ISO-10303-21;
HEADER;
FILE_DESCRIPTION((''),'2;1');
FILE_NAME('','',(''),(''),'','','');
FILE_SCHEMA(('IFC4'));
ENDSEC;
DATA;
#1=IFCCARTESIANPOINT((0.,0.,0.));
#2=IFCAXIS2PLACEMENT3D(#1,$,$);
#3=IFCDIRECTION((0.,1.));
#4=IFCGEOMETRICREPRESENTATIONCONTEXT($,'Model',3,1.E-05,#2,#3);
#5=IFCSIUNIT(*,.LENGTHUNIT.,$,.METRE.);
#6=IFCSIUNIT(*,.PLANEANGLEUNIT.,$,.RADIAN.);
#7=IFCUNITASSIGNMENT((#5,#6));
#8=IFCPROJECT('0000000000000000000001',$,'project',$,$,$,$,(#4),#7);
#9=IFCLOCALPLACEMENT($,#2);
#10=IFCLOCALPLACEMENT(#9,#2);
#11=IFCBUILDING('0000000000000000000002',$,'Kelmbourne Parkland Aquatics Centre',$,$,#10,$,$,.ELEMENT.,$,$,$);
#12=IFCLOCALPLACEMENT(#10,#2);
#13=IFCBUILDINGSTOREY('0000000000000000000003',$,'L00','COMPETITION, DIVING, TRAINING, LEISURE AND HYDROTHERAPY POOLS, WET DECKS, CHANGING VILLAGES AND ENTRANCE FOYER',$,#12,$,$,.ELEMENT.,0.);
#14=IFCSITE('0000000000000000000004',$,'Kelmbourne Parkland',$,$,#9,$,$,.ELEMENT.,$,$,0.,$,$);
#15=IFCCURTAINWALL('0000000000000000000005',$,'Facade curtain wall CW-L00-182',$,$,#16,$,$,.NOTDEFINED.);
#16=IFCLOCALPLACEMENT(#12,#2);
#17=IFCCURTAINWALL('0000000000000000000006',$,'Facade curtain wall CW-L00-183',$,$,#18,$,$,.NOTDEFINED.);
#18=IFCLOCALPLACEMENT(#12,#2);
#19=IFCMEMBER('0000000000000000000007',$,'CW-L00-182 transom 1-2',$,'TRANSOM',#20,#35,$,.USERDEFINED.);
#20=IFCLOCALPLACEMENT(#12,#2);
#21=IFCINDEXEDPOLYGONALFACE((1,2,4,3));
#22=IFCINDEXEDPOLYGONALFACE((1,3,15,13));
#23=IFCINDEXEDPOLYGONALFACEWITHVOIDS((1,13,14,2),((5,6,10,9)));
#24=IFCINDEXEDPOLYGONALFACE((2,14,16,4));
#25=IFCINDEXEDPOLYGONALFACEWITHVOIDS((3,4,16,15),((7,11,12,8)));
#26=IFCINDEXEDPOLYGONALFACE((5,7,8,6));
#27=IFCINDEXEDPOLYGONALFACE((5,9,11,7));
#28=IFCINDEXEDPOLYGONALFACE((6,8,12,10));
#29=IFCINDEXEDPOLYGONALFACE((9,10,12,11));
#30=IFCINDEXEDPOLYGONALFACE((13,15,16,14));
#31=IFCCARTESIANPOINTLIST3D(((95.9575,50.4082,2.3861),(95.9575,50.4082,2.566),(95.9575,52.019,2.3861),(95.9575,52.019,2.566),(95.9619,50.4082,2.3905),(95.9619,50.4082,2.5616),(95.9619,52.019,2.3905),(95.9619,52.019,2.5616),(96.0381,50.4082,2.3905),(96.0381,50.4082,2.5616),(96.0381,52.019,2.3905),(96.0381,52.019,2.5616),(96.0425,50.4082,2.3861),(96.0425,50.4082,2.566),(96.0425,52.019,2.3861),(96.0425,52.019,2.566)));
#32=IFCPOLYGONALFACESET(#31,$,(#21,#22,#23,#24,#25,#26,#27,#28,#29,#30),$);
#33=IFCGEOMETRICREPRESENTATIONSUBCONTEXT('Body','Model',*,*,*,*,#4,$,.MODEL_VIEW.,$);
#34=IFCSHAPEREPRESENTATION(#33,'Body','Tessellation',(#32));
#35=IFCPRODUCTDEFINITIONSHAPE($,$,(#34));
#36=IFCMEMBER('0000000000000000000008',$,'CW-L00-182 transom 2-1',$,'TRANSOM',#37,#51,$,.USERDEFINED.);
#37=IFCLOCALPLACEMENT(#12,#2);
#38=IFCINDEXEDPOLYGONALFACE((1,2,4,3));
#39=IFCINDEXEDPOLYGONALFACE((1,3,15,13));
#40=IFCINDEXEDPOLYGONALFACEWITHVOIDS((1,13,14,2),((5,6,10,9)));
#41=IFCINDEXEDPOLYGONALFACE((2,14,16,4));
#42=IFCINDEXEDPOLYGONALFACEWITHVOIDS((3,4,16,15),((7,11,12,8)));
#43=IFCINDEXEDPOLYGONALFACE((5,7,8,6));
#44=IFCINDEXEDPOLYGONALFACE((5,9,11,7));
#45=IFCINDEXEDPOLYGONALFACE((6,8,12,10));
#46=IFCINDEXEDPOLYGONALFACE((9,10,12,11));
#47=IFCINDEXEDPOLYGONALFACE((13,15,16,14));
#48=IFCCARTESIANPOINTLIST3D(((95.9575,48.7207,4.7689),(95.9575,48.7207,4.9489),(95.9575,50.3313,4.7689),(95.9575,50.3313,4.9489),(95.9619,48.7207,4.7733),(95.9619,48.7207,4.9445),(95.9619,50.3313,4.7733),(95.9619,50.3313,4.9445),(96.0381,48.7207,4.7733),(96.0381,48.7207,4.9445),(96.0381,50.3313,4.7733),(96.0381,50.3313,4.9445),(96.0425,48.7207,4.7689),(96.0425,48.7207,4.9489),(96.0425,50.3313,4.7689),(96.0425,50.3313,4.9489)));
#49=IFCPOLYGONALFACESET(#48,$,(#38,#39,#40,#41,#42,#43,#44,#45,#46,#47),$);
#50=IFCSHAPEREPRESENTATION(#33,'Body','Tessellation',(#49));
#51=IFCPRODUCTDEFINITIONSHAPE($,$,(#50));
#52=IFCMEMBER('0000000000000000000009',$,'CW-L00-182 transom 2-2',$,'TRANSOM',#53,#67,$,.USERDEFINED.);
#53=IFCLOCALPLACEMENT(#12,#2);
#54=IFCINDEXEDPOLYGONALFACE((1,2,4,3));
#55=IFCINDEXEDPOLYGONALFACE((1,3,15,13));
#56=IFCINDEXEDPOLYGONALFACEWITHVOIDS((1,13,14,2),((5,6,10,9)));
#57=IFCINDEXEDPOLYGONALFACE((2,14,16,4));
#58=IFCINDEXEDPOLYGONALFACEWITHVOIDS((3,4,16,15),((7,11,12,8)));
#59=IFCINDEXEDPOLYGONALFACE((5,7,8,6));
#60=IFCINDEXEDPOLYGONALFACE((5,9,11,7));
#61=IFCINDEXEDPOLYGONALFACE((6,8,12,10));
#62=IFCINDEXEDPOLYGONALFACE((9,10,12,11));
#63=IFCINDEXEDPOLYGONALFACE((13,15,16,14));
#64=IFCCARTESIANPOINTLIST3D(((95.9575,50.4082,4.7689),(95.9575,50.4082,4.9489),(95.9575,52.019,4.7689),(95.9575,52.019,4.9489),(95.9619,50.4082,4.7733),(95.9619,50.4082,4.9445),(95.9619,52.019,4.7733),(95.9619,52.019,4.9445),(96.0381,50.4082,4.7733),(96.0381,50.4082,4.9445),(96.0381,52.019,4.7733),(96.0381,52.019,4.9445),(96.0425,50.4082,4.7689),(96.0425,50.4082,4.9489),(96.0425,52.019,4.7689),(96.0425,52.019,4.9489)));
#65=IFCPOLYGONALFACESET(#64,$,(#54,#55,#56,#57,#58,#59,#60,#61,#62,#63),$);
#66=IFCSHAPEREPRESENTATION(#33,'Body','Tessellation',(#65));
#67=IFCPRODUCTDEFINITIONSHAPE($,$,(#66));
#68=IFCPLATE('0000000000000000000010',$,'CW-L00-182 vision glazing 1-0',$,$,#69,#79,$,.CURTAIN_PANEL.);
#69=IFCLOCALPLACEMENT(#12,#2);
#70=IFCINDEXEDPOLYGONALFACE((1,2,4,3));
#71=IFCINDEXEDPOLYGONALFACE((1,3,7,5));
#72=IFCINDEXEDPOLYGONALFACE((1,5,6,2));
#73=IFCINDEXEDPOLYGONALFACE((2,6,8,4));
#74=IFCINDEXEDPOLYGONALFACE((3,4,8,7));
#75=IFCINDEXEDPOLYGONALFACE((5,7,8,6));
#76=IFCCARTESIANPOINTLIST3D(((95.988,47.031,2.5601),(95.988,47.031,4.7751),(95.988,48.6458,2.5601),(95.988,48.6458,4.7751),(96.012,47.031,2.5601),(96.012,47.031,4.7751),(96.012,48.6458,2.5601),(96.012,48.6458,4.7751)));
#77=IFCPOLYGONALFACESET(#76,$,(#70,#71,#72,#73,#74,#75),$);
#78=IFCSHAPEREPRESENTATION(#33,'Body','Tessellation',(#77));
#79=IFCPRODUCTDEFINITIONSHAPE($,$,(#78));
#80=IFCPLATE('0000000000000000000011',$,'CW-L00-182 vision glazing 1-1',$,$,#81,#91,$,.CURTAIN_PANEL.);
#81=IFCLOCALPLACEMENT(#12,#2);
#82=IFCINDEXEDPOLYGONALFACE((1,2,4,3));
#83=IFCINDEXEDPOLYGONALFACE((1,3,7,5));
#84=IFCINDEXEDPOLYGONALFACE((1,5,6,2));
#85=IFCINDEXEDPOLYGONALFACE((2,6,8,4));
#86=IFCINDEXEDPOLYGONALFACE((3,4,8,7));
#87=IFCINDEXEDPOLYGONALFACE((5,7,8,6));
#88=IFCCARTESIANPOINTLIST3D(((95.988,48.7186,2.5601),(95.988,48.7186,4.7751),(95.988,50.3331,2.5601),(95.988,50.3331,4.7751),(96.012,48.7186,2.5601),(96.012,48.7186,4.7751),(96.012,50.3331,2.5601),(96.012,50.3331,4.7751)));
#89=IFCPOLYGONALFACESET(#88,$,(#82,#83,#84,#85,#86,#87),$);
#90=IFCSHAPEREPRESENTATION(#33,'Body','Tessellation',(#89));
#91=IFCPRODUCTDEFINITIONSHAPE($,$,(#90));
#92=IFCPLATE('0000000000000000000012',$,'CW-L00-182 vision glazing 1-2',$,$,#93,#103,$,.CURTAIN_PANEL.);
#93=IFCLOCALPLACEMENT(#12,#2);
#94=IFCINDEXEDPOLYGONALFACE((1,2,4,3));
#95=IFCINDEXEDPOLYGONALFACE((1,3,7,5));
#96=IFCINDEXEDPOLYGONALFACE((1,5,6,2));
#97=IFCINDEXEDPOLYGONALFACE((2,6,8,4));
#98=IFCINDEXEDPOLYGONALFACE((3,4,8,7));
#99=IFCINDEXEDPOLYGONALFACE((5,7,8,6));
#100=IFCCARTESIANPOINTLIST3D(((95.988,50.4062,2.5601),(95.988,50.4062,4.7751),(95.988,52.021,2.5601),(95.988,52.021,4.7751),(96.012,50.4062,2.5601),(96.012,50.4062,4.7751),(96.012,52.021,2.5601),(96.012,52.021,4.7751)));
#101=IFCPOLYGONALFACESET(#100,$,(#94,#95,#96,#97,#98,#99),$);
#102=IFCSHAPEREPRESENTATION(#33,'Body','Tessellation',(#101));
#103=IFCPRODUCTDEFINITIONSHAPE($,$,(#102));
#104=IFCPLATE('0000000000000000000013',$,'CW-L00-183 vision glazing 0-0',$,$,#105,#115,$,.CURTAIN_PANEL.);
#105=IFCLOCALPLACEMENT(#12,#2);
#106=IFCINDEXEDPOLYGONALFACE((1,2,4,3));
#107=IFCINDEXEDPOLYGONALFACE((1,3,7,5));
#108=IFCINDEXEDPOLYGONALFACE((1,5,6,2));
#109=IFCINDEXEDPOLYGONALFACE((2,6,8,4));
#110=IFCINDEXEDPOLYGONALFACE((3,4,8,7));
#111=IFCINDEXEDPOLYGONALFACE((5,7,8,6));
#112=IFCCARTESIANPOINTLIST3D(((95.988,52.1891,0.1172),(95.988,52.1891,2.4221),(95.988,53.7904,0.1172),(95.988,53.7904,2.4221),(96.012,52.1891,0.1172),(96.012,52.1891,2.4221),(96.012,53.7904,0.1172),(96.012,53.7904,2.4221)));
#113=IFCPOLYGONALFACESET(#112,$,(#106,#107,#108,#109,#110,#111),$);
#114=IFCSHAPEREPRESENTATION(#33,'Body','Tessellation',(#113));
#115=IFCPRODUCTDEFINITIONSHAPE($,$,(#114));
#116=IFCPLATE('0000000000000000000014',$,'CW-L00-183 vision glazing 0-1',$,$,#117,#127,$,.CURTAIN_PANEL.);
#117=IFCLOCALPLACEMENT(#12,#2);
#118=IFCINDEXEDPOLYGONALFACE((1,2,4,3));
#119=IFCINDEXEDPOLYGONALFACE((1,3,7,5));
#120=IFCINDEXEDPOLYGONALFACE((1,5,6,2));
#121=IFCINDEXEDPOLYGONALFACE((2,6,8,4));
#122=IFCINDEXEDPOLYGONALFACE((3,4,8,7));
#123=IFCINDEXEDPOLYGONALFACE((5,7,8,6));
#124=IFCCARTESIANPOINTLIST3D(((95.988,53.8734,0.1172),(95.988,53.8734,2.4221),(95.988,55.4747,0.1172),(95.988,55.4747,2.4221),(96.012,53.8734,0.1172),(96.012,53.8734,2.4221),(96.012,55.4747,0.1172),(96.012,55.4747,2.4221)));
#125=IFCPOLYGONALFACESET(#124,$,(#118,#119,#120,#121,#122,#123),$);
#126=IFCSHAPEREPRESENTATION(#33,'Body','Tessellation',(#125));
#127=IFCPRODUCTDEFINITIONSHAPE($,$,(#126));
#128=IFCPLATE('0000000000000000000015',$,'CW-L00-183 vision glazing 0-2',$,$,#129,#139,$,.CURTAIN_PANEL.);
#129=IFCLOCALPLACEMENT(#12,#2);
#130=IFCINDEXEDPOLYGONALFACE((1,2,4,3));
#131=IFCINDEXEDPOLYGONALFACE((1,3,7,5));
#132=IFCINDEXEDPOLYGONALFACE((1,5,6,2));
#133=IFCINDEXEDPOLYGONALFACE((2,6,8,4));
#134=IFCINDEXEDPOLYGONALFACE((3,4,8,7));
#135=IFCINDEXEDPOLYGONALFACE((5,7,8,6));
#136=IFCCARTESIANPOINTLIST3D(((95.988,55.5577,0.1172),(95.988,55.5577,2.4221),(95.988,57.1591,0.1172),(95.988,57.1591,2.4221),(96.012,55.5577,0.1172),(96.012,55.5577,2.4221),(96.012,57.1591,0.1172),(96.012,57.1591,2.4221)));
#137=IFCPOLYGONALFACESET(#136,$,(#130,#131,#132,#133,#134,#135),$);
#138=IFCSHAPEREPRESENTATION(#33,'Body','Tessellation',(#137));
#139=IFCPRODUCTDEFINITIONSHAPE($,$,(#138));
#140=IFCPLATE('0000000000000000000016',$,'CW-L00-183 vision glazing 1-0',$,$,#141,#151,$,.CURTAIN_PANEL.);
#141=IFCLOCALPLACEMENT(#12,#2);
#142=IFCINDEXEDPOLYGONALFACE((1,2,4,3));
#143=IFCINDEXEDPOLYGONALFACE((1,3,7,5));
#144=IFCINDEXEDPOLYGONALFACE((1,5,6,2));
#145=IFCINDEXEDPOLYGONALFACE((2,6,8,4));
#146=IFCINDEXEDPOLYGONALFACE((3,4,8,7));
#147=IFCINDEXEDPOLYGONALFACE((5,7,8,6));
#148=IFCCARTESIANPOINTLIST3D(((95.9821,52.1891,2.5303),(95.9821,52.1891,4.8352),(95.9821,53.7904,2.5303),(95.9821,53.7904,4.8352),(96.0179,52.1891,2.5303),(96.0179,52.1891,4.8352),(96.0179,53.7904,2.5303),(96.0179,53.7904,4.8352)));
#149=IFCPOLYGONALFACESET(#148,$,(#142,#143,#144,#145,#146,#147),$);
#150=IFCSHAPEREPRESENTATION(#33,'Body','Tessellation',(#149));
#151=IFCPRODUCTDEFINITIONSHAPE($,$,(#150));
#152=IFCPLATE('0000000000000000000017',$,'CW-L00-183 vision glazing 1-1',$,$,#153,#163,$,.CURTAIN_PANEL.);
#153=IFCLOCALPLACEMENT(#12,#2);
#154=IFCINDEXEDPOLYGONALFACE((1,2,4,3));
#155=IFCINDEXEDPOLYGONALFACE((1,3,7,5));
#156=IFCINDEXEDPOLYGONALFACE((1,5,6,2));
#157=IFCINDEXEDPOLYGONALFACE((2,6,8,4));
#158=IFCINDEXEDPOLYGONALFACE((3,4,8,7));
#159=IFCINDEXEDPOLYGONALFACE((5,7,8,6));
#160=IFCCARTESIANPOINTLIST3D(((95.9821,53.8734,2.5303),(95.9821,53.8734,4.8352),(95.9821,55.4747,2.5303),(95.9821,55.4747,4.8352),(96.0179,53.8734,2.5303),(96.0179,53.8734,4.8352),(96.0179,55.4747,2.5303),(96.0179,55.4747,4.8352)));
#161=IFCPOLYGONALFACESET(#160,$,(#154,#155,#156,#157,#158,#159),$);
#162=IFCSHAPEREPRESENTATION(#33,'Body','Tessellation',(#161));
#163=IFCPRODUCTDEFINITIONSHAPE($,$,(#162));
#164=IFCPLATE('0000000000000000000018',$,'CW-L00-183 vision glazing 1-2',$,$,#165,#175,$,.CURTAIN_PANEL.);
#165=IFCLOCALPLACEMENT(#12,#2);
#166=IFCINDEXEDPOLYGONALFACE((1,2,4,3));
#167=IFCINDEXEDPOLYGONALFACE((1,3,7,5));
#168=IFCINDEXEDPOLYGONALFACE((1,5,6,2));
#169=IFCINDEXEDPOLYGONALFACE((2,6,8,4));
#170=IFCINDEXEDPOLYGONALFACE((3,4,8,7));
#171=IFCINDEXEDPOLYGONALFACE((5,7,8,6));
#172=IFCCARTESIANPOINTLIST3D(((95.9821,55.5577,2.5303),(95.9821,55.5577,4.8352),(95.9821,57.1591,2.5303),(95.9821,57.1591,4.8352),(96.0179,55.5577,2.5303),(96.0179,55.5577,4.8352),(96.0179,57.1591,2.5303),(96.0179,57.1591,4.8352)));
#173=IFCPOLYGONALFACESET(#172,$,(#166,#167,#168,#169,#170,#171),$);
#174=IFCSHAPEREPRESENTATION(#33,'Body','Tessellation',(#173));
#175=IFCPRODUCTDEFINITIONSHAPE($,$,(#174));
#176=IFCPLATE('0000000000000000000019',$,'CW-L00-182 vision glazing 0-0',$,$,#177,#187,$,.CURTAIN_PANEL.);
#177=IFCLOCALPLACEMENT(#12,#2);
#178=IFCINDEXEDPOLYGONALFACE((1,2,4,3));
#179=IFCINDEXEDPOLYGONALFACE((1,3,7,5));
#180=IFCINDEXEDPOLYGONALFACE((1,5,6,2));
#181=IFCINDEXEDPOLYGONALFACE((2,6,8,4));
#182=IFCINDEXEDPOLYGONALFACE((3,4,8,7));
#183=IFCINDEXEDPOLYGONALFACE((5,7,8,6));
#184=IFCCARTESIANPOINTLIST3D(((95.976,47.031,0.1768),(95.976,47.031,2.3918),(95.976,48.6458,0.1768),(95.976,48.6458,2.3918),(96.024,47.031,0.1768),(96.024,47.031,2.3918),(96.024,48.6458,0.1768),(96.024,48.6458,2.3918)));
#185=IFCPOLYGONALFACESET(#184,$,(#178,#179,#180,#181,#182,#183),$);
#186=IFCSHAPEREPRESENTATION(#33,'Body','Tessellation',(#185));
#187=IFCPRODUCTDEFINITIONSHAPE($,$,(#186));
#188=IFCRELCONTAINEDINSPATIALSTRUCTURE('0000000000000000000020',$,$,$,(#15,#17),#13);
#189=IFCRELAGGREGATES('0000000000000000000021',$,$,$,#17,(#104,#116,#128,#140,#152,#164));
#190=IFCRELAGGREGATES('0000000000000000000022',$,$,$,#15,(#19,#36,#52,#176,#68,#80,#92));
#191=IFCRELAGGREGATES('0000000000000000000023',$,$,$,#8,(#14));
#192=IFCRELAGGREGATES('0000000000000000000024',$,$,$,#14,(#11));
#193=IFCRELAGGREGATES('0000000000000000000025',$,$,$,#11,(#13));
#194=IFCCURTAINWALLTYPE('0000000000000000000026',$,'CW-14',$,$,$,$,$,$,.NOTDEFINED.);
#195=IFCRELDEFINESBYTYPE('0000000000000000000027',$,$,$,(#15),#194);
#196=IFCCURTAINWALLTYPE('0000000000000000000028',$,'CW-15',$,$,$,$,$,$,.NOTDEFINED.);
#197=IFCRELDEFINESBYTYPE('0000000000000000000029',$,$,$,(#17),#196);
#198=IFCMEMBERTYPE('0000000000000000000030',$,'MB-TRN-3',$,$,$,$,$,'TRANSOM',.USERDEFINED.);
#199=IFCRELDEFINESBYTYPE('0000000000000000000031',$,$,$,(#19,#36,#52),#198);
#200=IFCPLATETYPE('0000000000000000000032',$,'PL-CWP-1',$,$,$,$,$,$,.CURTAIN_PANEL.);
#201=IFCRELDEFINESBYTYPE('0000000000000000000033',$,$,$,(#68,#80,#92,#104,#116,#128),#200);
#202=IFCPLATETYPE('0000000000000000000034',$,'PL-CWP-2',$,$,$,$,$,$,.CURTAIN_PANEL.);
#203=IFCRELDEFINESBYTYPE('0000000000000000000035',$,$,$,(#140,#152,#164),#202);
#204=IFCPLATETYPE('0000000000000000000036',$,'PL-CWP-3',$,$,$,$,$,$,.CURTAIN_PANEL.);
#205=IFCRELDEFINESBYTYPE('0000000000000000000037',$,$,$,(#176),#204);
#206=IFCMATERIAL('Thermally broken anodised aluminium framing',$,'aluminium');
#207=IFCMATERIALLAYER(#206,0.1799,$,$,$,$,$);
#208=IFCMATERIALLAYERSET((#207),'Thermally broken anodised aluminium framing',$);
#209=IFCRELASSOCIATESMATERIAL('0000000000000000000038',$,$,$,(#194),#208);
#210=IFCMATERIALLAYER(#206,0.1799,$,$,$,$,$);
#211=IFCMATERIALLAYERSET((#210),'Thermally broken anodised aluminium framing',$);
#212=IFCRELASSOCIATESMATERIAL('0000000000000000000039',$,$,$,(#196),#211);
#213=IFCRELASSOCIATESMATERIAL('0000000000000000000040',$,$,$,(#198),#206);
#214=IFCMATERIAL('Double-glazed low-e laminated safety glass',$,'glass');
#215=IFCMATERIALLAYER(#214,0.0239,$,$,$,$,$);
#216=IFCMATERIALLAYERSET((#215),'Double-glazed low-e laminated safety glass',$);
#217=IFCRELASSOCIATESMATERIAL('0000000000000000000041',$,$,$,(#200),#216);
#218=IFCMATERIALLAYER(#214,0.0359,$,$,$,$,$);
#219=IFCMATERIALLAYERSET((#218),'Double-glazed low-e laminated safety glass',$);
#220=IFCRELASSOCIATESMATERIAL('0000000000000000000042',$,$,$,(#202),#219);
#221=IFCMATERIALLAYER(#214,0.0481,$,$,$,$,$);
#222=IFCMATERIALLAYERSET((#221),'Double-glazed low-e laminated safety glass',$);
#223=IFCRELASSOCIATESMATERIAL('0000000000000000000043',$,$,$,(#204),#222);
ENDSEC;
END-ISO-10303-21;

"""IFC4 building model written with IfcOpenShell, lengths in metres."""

from ifc_helpers import new_model, si_unit, direction, frame, origin, origin_2d, place, context, subcontext, project, spatial, rectangle, hollow_rectangle, extrude, material, layer, layer_set, material_profile, profile_set, type_object, element, aggregate, save


model = new_model("IFC4")

# Units and contexts
model_context = context("Model", 3, precision=1e-05, world=origin(), true_north=direction((0.0, 1.0)))
body_context = subcontext(model_context, "Body", "Model", "MODEL_VIEW")
ifc_project = project(units=[si_unit("LENGTHUNIT", "METRE"), si_unit("PLANEANGLEUNIT", "RADIAN")], contexts=[model_context])

# Site, building, storey
site_placement = place(None, origin())
site = spatial("IfcSite", under=ifc_project, at=site_placement, Name="Kelmbourne Parkland", CompositionType="ELEMENT", RefElevation=0.0)
building_placement = place(site_placement, origin())
building = spatial("IfcBuilding", under=site, at=building_placement, Name="Kelmbourne Parkland Aquatics Centre", CompositionType="ELEMENT")
storey_placement = place(building_placement, origin())
storey = spatial("IfcBuildingStorey", under=building, at=storey_placement, Name="L00", Description="COMPETITION, DIVING, TRAINING, LEISURE AND HYDROTHERAPY POOLS, WET DECKS, CHANGING VILLAGES AND ENTRANCE FOYER", CompositionType="ELEMENT", Elevation=0.0)

# Curtain walls
ifc_material_1 = material(Name="Thermally broken anodised aluminium framing", Category="aluminium")
ifc_layer_1 = layer(ifc_material_1, 0.1799)
ifc_layer_set_1 = layer_set([ifc_layer_1], Name="Thermally broken anodised aluminium framing")
curtain_wall_type_1 = type_object("IfcCurtainWallType", Name="CW-14", PredefinedType="NOTDEFINED", material=ifc_layer_set_1)
curtain_wall_1_placement = place(storey_placement, origin())
curtain_wall_1 = element("IfcCurtainWall", 1, at=curtain_wall_1_placement, inside=storey, type_object=curtain_wall_type_1, Name="Facade curtain wall CW-L00-182", PredefinedType="NOTDEFINED")
ifc_layer_2 = layer(ifc_material_1, 0.1799)
ifc_layer_set_2 = layer_set([ifc_layer_2], Name="Thermally broken anodised aluminium framing")
curtain_wall_type_2 = type_object("IfcCurtainWallType", Name="CW-15", PredefinedType="NOTDEFINED", material=ifc_layer_set_2)
curtain_wall_2_placement = place(storey_placement, origin())
curtain_wall_2 = element("IfcCurtainWall", 2, at=curtain_wall_2_placement, inside=storey, type_object=curtain_wall_type_2, Name="Facade curtain wall CW-L00-183", PredefinedType="NOTDEFINED")

# Members
ifc_material_profile_1 = material_profile(ifc_material_1, hollow_rectangle(XDim=0.085, YDim=0.1799, WallThickness=0.0044, at=origin_2d()), Name="CW-T 85x180")
ifc_profile_set_1 = profile_set([ifc_material_profile_1], Name="Thermally broken anodised aluminium framing")
member_type_1 = type_object("IfcMemberType", Name="MB-TRN-3", ElementType="TRANSOM", PredefinedType="USERDEFINED", material=ifc_profile_set_1)
member_1_placement = place(storey_placement, frame((96.0, 50.4082, 2.4761), z_axis=(0.0, 1.0, 0.0), x_axis=(-1.0, 0.0, 0.0)))
member_1 = element("IfcMember", 3, at=member_1_placement, type_object=member_type_1, Name="CW-L00-182 transom 1-2", ObjectType="TRANSOM", PredefinedType="USERDEFINED", context=body_context, shape_type="SweptSolid", body=[
    extrude(hollow_rectangle(XDim=0.085, YDim=0.1799, WallThickness=0.0044, at=origin_2d()), origin(), (0.0, 0.0, 1.0), 1.6108),
])
member_2_placement = place(storey_placement, frame((96.0, 48.7207, 4.8589), z_axis=(0.0, 1.0, 0.0), x_axis=(-1.0, 0.0, 0.0)))
member_2 = element("IfcMember", 4, at=member_2_placement, type_object=member_type_1, Name="CW-L00-182 transom 2-1", ObjectType="TRANSOM", PredefinedType="USERDEFINED", context=body_context, shape_type="SweptSolid", body=[
    extrude(hollow_rectangle(XDim=0.085, YDim=0.1799, WallThickness=0.0044, at=origin_2d()), origin(), (0.0, 0.0, 1.0), 1.6106),
])
member_3_placement = place(storey_placement, frame((96.0, 50.4082, 4.8589), z_axis=(0.0, 1.0, 0.0), x_axis=(-1.0, 0.0, 0.0)))
member_3 = element("IfcMember", 5, at=member_3_placement, type_object=member_type_1, Name="CW-L00-182 transom 2-2", ObjectType="TRANSOM", PredefinedType="USERDEFINED", context=body_context, shape_type="SweptSolid", body=[
    extrude(hollow_rectangle(XDim=0.085, YDim=0.1799, WallThickness=0.0044, at=origin_2d()), origin(), (0.0, 0.0, 1.0), 1.6108),
])

# Plates
ifc_material_2 = material(Name="Double-glazed low-e laminated safety glass", Category="glass")
ifc_layer_3 = layer(ifc_material_2, 0.0239)
ifc_layer_set_3 = layer_set([ifc_layer_3], Name="Double-glazed low-e laminated safety glass")
plate_type_1 = type_object("IfcPlateType", Name="PL-CWP-1", PredefinedType="CURTAIN_PANEL", material=ifc_layer_set_3)
plate_1_placement = place(storey_placement, frame((96.0, 47.8384, 2.5601), z_axis=(0.0, 0.0, 1.0), x_axis=(0.0, 1.0, 0.0)))
plate_1 = element("IfcPlate", 6, at=plate_1_placement, type_object=plate_type_1, Name="CW-L00-182 vision glazing 1-0", PredefinedType="CURTAIN_PANEL", context=body_context, shape_type="SweptSolid", body=[
    extrude(rectangle(XDim=1.6147, YDim=0.0239, at=origin_2d()), origin(), (0.0, 0.0, 1.0), 2.2151),
])
plate_2_placement = place(storey_placement, frame((96.0, 49.5259, 2.5601), z_axis=(0.0, 0.0, 1.0), x_axis=(0.0, 1.0, 0.0)))
plate_2 = element("IfcPlate", 7, at=plate_2_placement, type_object=plate_type_1, Name="CW-L00-182 vision glazing 1-1", PredefinedType="CURTAIN_PANEL", context=body_context, shape_type="SweptSolid", body=[
    extrude(rectangle(XDim=1.6145, YDim=0.0239, at=origin_2d()), origin(), (0.0, 0.0, 1.0), 2.2151),
])
plate_3_placement = place(storey_placement, frame((96.0, 51.2136, 2.5601), z_axis=(0.0, 0.0, 1.0), x_axis=(0.0, 1.0, 0.0)))
plate_3 = element("IfcPlate", 8, at=plate_3_placement, type_object=plate_type_1, Name="CW-L00-182 vision glazing 1-2", PredefinedType="CURTAIN_PANEL", context=body_context, shape_type="SweptSolid", body=[
    extrude(rectangle(XDim=1.6147, YDim=0.0239, at=origin_2d()), origin(), (0.0, 0.0, 1.0), 2.2151),
])
plate_4_placement = place(storey_placement, frame((96.0, 52.9897, 0.1172), z_axis=(0.0, 0.0, 1.0), x_axis=(0.0, 1.0, 0.0)))
plate_4 = element("IfcPlate", 9, at=plate_4_placement, type_object=plate_type_1, Name="CW-L00-183 vision glazing 0-0", PredefinedType="CURTAIN_PANEL", context=body_context, shape_type="SweptSolid", body=[
    extrude(rectangle(XDim=1.6013, YDim=0.0239, at=origin_2d()), origin(), (0.0, 0.0, 1.0), 2.3049),
])
plate_5_placement = place(storey_placement, frame((96.0, 54.6741, 0.1172), z_axis=(0.0, 0.0, 1.0), x_axis=(0.0, 1.0, 0.0)))
plate_5 = element("IfcPlate", 10, at=plate_5_placement, type_object=plate_type_1, Name="CW-L00-183 vision glazing 0-1", PredefinedType="CURTAIN_PANEL", context=body_context, shape_type="SweptSolid", body=[
    extrude(rectangle(XDim=1.6013, YDim=0.0239, at=origin_2d()), origin(), (0.0, 0.0, 1.0), 2.3049),
])
plate_6_placement = place(storey_placement, frame((96.0, 56.3584, 0.1172), z_axis=(0.0, 0.0, 1.0), x_axis=(0.0, 1.0, 0.0)))
plate_6 = element("IfcPlate", 11, at=plate_6_placement, type_object=plate_type_1, Name="CW-L00-183 vision glazing 0-2", PredefinedType="CURTAIN_PANEL", context=body_context, shape_type="SweptSolid", body=[
    extrude(rectangle(XDim=1.6013, YDim=0.0239, at=origin_2d()), origin(), (0.0, 0.0, 1.0), 2.3049),
])
ifc_layer_4 = layer(ifc_material_2, 0.0359)
ifc_layer_set_4 = layer_set([ifc_layer_4], Name="Double-glazed low-e laminated safety glass")
plate_type_2 = type_object("IfcPlateType", Name="PL-CWP-2", PredefinedType="CURTAIN_PANEL", material=ifc_layer_set_4)
plate_7_placement = place(storey_placement, frame((96.0, 52.9897, 2.5303), z_axis=(0.0, 0.0, 1.0), x_axis=(0.0, 1.0, 0.0)))
plate_7 = element("IfcPlate", 12, at=plate_7_placement, type_object=plate_type_2, Name="CW-L00-183 vision glazing 1-0", PredefinedType="CURTAIN_PANEL", context=body_context, shape_type="SweptSolid", body=[
    extrude(rectangle(XDim=1.6013, YDim=0.0359, at=origin_2d()), origin(), (0.0, 0.0, 1.0), 2.3049),
])
plate_8_placement = place(storey_placement, frame((96.0, 54.6741, 2.5303), z_axis=(0.0, 0.0, 1.0), x_axis=(0.0, 1.0, 0.0)))
plate_8 = element("IfcPlate", 13, at=plate_8_placement, type_object=plate_type_2, Name="CW-L00-183 vision glazing 1-1", PredefinedType="CURTAIN_PANEL", context=body_context, shape_type="SweptSolid", body=[
    extrude(rectangle(XDim=1.6013, YDim=0.0359, at=origin_2d()), origin(), (0.0, 0.0, 1.0), 2.3049),
])
plate_9_placement = place(storey_placement, frame((96.0, 56.3584, 2.5303), z_axis=(0.0, 0.0, 1.0), x_axis=(0.0, 1.0, 0.0)))
plate_9 = element("IfcPlate", 14, at=plate_9_placement, type_object=plate_type_2, Name="CW-L00-183 vision glazing 1-2", PredefinedType="CURTAIN_PANEL", context=body_context, shape_type="SweptSolid", body=[
    extrude(rectangle(XDim=1.6013, YDim=0.0359, at=origin_2d()), origin(), (0.0, 0.0, 1.0), 2.3049),
])
aggregate(curtain_wall_2, [plate_4, plate_5, plate_6, plate_7, plate_8, plate_9])
ifc_layer_5 = layer(ifc_material_2, 0.0481)
ifc_layer_set_5 = layer_set([ifc_layer_5], Name="Double-glazed low-e laminated safety glass")
plate_type_3 = type_object("IfcPlateType", Name="PL-CWP-3", PredefinedType="CURTAIN_PANEL", material=ifc_layer_set_5)
plate_10_placement = place(storey_placement, frame((96.0, 47.8384, 0.1768), z_axis=(0.0, 0.0, 1.0), x_axis=(0.0, 1.0, 0.0)))
plate_10 = element("IfcPlate", 15, at=plate_10_placement, type_object=plate_type_3, Name="CW-L00-182 vision glazing 0-0", PredefinedType="CURTAIN_PANEL", context=body_context, shape_type="SweptSolid", body=[
    extrude(rectangle(XDim=1.6147, YDim=0.0481, at=origin_2d()), origin(), (0.0, 0.0, 1.0), 2.2151),
])
aggregate(curtain_wall_1, [member_1, member_2, member_3, plate_10, plate_1, plate_2, plate_3])

save(model, "model.ifc")
